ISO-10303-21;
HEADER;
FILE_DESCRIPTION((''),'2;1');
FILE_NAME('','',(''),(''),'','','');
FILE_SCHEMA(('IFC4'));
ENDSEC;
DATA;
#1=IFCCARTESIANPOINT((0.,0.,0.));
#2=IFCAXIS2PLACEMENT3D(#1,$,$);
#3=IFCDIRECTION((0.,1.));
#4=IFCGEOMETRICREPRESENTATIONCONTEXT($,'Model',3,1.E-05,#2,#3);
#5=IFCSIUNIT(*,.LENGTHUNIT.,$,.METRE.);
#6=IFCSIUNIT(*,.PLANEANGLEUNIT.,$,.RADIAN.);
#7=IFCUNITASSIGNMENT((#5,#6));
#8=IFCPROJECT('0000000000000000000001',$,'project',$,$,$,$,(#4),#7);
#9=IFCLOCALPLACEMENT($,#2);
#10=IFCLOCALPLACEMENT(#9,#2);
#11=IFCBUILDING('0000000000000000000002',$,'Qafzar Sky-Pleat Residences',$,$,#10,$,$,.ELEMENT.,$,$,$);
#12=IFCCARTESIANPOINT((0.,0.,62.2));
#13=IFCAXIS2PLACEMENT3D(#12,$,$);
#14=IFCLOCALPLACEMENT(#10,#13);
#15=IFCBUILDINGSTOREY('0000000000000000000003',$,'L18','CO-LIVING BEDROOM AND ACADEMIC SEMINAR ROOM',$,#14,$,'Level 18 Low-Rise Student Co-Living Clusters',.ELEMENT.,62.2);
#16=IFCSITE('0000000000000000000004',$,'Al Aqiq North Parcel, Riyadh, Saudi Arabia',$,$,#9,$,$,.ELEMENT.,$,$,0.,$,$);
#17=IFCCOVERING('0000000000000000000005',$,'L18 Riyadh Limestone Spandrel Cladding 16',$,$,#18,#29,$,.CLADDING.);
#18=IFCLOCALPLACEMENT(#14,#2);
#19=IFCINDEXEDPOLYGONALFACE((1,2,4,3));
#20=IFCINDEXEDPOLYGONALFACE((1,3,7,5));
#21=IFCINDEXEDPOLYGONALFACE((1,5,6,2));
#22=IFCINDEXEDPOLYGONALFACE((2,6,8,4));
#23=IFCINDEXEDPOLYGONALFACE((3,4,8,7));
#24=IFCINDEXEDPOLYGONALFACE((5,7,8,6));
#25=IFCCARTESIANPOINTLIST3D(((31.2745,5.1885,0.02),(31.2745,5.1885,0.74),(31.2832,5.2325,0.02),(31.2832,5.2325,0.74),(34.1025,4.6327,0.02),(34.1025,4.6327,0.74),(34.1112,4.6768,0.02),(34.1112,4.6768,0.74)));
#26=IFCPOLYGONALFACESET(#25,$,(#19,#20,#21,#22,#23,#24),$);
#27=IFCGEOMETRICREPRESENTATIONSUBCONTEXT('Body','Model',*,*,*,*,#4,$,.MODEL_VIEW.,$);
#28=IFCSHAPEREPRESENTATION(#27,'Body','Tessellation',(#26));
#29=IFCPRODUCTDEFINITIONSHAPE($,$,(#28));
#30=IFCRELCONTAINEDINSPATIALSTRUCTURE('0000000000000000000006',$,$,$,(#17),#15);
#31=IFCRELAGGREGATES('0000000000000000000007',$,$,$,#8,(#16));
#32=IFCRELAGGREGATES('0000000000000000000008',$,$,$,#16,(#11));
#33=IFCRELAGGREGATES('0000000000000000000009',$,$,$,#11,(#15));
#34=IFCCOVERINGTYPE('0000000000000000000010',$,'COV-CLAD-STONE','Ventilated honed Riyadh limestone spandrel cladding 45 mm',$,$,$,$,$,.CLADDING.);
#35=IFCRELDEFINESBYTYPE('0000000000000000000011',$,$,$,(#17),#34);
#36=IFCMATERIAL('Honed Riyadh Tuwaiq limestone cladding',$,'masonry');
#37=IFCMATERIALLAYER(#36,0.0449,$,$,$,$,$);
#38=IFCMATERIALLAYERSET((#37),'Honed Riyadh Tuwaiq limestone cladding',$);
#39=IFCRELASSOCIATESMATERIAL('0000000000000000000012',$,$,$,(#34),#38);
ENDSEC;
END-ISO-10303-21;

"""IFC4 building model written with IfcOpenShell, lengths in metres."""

from ifc_helpers import new_model, si_unit, direction, frame, origin, origin_2d, place, context, subcontext, project, spatial, rectangle, extrude, source, transform, mapped, material, layer, layer_set, type_object, element, save


model = new_model("IFC4")

# Units and contexts
model_context = context("Model", 3, precision=1e-05, world=origin(), true_north=direction((0.0, 1.0)))
body_context = subcontext(model_context, "Body", "Model", "MODEL_VIEW")
ifc_project = project(units=[si_unit("LENGTHUNIT", "METRE"), si_unit("PLANEANGLEUNIT", "RADIAN")], contexts=[model_context])

# Site, building, storey
site_placement = place(None, origin())
site = spatial("IfcSite", under=ifc_project, at=site_placement, Name="Al Aqiq North Parcel, Riyadh, Saudi Arabia", CompositionType="ELEMENT", RefElevation=0.0)
building_placement = place(site_placement, origin())
building = spatial("IfcBuilding", under=site, at=building_placement, Name="Qafzar Sky-Pleat Residences", CompositionType="ELEMENT")
storey_placement = place(building_placement, frame((0.0, 0.0, 62.2)))
storey = spatial("IfcBuildingStorey", under=building, at=storey_placement, Name="L18", Description="CO-LIVING BEDROOM AND ACADEMIC SEMINAR ROOM", LongName="Level 18 Low-Rise Student Co-Living Clusters", CompositionType="ELEMENT", Elevation=62.2)

# Covering
ifc_material_1 = material(Name="Honed Riyadh Tuwaiq limestone cladding", Category="masonry")
ifc_layer_1 = layer(ifc_material_1, 0.0449)
ifc_layer_set_1 = layer_set([ifc_layer_1], Name="Honed Riyadh Tuwaiq limestone cladding")
covering_type = type_object("IfcCoveringType", Name="COV-CLAD-STONE", Description="Ventilated honed Riyadh limestone spandrel cladding 45 mm", PredefinedType="CLADDING", material=ifc_layer_set_1)
shared_shape_1 = source(origin(), body_context, "Body", "SweptSolid", [
    extrude(rectangle(XDim=2.8821, YDim=0.0449, at=origin_2d()), origin(), (0.0, 0.0, 1.0), 0.72),
])
covering_1_placement = place(storey_placement, frame((32.6929, 4.9326, 0.02), z_axis=(0.0, 0.0, 1.0), x_axis=(0.981232, -0.19283, 0.0)))
element("IfcCovering", 1, at=covering_1_placement, inside=storey, type_object=covering_type, Name="L18 Riyadh Limestone Spandrel Cladding 16", PredefinedType="CLADDING", context=body_context, shape_type="MappedRepresentation", body=[
    mapped(shared_shape_1, transform((0.0, 0.0, 0.0), x_axis=(1.0, 0.0, 0.0), y_axis=(0.0, 1.0, 0.0), z_axis=(0.0, 0.0, 1.0), scale=1.0)),
])

save(model, "model.ifc")
